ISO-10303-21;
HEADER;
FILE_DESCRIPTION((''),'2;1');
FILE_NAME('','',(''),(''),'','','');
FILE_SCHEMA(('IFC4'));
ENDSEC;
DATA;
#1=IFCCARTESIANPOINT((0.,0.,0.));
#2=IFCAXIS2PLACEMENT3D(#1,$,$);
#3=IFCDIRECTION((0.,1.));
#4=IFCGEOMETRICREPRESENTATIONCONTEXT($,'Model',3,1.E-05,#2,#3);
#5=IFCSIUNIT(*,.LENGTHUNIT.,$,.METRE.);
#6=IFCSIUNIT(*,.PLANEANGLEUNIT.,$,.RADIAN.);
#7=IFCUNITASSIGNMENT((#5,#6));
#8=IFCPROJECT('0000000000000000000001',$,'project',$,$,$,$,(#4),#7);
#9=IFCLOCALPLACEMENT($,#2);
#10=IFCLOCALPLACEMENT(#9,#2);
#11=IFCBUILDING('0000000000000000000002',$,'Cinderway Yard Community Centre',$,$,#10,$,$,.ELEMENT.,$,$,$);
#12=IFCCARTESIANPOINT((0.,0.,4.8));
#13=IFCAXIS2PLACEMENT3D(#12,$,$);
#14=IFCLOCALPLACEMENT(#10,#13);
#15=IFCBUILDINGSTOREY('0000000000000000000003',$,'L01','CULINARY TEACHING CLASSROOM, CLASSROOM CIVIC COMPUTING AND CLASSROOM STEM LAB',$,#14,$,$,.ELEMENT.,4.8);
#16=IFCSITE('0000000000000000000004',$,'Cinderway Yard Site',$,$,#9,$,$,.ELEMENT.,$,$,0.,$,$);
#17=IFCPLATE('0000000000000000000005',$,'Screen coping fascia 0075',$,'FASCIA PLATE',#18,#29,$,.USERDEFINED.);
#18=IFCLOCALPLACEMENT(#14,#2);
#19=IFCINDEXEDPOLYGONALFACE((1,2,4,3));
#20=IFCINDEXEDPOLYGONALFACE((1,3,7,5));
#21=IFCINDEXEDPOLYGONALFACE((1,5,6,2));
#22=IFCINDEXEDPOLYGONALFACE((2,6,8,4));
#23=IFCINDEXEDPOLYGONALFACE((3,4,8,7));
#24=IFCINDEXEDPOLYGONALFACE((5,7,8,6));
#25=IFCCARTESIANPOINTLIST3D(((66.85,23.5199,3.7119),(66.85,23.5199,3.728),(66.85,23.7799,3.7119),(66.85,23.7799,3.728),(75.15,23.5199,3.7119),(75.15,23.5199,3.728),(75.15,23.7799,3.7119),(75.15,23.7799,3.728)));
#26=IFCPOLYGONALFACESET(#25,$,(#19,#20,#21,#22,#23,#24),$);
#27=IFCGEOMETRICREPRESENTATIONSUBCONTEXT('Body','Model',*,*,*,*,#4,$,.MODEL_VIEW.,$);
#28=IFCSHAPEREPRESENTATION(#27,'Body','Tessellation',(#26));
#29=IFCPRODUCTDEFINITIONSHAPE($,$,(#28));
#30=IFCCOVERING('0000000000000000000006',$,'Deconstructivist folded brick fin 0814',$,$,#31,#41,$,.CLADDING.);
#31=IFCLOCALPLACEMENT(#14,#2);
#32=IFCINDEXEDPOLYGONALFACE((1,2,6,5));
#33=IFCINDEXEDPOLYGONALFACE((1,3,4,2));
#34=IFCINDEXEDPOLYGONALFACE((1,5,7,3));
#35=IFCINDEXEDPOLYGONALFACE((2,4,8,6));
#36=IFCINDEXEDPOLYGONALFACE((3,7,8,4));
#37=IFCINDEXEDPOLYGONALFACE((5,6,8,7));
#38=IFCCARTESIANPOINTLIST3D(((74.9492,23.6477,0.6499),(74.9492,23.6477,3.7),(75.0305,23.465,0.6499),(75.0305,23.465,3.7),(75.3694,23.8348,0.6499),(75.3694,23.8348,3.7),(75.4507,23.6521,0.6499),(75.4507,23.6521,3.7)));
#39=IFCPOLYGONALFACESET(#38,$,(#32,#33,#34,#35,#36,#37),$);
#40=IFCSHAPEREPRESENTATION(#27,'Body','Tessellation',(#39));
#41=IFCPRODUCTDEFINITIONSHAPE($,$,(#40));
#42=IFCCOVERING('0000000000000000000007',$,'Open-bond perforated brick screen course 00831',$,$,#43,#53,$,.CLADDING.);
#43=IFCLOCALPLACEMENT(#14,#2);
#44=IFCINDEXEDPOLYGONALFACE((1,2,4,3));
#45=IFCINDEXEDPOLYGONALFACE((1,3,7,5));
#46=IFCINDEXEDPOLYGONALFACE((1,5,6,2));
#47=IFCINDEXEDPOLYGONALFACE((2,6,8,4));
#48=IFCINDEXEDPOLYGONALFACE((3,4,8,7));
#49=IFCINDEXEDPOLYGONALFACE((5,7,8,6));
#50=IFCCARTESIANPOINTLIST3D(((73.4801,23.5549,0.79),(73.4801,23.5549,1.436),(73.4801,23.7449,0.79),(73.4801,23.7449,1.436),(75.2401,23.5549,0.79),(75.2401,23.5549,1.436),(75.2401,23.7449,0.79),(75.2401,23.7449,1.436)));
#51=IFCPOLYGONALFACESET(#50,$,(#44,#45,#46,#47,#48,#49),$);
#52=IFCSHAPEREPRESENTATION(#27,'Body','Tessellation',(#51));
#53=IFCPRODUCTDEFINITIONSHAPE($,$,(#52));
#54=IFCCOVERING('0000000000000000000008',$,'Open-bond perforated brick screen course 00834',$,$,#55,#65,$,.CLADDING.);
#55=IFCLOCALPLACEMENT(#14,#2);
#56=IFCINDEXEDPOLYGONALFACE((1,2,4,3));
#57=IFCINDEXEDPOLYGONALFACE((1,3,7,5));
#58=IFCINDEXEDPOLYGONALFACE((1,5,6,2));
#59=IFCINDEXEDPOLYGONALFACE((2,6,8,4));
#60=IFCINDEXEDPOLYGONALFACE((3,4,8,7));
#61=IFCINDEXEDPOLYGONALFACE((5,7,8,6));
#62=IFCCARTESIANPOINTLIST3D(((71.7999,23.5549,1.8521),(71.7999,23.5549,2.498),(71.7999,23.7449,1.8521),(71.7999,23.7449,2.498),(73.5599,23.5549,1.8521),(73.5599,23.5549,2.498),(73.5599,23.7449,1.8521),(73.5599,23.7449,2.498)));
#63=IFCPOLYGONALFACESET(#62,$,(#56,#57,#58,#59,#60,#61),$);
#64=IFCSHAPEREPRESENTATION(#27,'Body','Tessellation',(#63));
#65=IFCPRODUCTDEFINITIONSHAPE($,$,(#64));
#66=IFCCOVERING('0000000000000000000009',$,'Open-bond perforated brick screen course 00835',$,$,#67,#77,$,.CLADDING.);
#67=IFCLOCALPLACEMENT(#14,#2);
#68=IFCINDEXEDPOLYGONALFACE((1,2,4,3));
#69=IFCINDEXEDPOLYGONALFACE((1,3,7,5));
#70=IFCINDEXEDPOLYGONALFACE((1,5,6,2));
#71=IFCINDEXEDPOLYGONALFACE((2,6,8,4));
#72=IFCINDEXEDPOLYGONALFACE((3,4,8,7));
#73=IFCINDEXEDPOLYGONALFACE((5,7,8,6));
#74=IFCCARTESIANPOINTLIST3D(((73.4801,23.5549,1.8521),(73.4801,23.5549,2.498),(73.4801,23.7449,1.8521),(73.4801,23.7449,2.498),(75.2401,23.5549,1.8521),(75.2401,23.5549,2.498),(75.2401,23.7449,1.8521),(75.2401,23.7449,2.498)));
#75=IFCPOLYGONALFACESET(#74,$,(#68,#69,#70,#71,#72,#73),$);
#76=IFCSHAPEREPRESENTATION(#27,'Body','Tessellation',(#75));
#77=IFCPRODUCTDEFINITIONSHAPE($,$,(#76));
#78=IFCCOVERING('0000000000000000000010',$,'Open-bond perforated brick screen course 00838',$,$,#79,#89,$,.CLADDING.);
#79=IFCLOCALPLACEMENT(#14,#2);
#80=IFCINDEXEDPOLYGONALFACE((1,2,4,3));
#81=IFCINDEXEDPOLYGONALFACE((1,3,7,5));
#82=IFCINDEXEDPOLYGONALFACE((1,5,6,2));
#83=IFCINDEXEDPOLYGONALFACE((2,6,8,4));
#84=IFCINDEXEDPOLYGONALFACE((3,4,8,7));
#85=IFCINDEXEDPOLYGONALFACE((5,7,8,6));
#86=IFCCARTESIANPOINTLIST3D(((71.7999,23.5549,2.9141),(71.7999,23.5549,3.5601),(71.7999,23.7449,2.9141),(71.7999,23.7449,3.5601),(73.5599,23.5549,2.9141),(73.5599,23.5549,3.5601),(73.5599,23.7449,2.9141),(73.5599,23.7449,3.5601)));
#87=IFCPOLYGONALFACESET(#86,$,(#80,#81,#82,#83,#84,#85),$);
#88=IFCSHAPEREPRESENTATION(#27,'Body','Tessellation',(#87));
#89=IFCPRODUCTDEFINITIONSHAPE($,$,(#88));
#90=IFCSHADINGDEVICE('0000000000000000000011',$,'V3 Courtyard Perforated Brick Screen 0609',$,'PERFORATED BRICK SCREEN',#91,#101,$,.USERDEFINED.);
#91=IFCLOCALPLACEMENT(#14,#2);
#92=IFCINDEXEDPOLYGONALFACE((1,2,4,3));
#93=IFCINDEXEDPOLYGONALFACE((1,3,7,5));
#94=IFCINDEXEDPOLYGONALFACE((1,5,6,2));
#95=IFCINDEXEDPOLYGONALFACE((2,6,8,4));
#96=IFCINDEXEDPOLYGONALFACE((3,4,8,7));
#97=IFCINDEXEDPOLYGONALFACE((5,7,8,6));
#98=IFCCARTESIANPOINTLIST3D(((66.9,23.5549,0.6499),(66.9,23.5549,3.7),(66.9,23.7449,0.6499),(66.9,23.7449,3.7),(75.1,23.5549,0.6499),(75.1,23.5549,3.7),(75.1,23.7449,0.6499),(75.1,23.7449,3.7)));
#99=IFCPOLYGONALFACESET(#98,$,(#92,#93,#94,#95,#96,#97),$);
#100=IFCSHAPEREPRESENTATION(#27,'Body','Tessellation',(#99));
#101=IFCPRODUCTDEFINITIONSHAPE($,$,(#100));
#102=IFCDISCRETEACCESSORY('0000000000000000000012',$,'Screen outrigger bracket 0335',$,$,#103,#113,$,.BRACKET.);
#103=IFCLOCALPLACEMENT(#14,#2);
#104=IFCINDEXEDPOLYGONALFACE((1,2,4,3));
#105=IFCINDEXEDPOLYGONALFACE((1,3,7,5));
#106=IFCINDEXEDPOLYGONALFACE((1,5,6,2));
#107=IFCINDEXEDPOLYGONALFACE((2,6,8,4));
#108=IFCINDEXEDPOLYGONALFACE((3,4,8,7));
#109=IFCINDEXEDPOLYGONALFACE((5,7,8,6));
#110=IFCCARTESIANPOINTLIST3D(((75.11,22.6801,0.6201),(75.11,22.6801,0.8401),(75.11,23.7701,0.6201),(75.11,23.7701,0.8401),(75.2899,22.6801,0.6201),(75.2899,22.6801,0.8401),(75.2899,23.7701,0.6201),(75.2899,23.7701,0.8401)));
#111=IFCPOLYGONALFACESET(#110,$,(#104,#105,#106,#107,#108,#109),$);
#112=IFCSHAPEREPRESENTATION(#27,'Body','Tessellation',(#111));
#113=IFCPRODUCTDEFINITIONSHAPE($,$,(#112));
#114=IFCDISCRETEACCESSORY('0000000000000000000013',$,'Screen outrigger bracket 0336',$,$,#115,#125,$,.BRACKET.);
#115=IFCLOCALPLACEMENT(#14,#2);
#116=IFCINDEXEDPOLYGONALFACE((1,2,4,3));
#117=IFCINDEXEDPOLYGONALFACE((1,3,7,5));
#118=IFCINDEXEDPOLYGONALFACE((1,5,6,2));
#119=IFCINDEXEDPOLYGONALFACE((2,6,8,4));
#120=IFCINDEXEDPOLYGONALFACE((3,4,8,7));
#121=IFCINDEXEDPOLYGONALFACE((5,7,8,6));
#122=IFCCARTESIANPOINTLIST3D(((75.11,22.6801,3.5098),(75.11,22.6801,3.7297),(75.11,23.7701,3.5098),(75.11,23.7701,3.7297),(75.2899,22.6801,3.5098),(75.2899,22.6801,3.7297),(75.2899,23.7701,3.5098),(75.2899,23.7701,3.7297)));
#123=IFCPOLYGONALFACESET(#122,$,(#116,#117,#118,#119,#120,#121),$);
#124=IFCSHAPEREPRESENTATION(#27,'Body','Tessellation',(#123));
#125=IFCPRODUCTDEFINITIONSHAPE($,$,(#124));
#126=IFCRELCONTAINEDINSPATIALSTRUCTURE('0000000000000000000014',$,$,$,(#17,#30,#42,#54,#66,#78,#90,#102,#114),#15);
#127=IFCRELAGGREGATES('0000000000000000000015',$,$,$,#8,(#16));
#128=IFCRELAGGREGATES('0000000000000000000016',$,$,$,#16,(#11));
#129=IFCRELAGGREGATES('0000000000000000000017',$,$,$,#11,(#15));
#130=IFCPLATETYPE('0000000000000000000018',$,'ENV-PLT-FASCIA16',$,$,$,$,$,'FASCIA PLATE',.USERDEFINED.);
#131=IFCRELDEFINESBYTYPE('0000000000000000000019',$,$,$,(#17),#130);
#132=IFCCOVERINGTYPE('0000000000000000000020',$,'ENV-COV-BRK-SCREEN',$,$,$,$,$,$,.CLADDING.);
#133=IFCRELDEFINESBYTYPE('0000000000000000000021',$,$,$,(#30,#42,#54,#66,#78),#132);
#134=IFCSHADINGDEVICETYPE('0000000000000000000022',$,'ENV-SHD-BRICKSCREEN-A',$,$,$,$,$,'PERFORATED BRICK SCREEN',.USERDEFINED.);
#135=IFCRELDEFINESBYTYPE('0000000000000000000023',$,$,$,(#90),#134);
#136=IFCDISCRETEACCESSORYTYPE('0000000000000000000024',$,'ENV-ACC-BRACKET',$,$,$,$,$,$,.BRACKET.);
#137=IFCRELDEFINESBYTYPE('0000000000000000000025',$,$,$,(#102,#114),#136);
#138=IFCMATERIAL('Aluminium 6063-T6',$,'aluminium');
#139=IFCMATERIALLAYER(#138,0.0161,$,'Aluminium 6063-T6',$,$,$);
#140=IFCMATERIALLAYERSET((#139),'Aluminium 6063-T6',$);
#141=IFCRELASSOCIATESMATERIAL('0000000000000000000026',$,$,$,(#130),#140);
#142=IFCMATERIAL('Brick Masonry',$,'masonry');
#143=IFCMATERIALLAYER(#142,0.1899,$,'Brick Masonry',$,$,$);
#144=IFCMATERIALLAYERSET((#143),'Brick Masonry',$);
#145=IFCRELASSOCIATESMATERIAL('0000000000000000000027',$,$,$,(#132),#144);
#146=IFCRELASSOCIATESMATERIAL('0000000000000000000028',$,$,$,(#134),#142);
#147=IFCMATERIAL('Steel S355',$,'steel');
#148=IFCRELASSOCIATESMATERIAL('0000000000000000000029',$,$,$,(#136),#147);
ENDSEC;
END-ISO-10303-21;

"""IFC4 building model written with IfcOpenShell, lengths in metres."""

from ifc_helpers import new_model, si_unit, direction, frame, origin, origin_2d, place, context, subcontext, project, spatial, rectangle, extrude, material, layer, layer_set, type_object, element, save


model = new_model("IFC4")

# Units and contexts
model_context = context("Model", 3, precision=1e-05, world=origin(), true_north=direction((0.0, 1.0)))
body_context = subcontext(model_context, "Body", "Model", "MODEL_VIEW")
ifc_project = project(units=[si_unit("LENGTHUNIT", "METRE"), si_unit("PLANEANGLEUNIT", "RADIAN")], contexts=[model_context])

# Site, building, storey
site_placement = place(None, origin())
site = spatial("IfcSite", under=ifc_project, at=site_placement, Name="Cinderway Yard Site", CompositionType="ELEMENT", RefElevation=0.0)
building_placement = place(site_placement, origin())
building = spatial("IfcBuilding", under=site, at=building_placement, Name="Cinderway Yard Community Centre", CompositionType="ELEMENT")
storey_placement = place(building_placement, frame((0.0, 0.0, 4.8)))
storey = spatial("IfcBuildingStorey", under=building, at=storey_placement, Name="L01", Description="CULINARY TEACHING CLASSROOM, CLASSROOM CIVIC COMPUTING AND CLASSROOM STEM LAB", CompositionType="ELEMENT", Elevation=4.8)

# Shared definitions
ifc_material_1 = material(Name="Aluminium 6063-T6", Category="aluminium")

# Shared definitions
ifc_material_2 = material(Name="Steel S355", Category="steel")

# Plate
ifc_layer_1 = layer(ifc_material_1, 0.0161, Name="Aluminium 6063-T6")
ifc_layer_set_1 = layer_set([ifc_layer_1], Name="Aluminium 6063-T6")
plate_type_1 = type_object("IfcPlateType", Name="ENV-PLT-FASCIA16", ElementType="FASCIA PLATE", PredefinedType="USERDEFINED", material=ifc_layer_set_1)
plate_1_placement = place(storey_placement, frame((71.0, 23.6499, 3.7119), z_axis=(0.0, 0.0, 1.0), x_axis=(1.0, 0.0, 0.0)))
element("IfcPlate", 1, at=plate_1_placement, inside=storey, type_object=plate_type_1, Name="Screen coping fascia 0075", ObjectType="FASCIA PLATE", PredefinedType="USERDEFINED", context=body_context, shape_type="SweptSolid", body=[
    extrude(rectangle(XDim=8.3, YDim=0.26, at=origin_2d()), origin(), (0.0, 0.0, 1.0), 0.0161),
])

# Coverings
ifc_material_3 = material(Name="Brick Masonry", Category="masonry")
ifc_layer_2 = layer(ifc_material_3, 0.1899, Name="Brick Masonry")
ifc_layer_set_2 = layer_set([ifc_layer_2], Name="Brick Masonry")
covering_type = type_object("IfcCoveringType", Name="ENV-COV-BRK-SCREEN", PredefinedType="CLADDING", material=ifc_layer_set_2)
covering_placement = place(storey_placement, frame((75.2, 23.6499, 0.6499), z_axis=(0.0, 0.0, 1.0), x_axis=(0.913545, 0.406737, 0.0)))
element("IfcCovering", 2, at=covering_placement, inside=storey, type_object=covering_type, Name="Deconstructivist folded brick fin 0814", PredefinedType="CLADDING", context=body_context, shape_type="SweptSolid", body=[
    extrude(rectangle(XDim=0.46, YDim=0.2, at=origin_2d()), origin(), (0.0, 0.0, 1.0), 3.05),
])
for number, where, z_axis, x_axis, name in (
    (3, (74.3601, 23.6499, 0.79), (0.0, 0.0, 1.0), (1.0, 0.0, 0.0), "Open-bond perforated brick screen course 00831"),
    (4, (72.6799, 23.6499, 1.8521), (0.0, 0.0, 1.0), (1.0, 0.0, 0.0), "Open-bond perforated brick screen course 00834"),
    (5, (74.3601, 23.6499, 1.8521), (0.0, 0.0, 1.0), (1.0, 0.0, 0.0), "Open-bond perforated brick screen course 00835"),
    (6, (72.6799, 23.6499, 2.9141), (0.0, 0.0, 1.0), (1.0, 0.0, 0.0), "Open-bond perforated brick screen course 00838"),
):
    element("IfcCovering", number, at=place(storey_placement, frame(where, z_axis=z_axis, x_axis=x_axis)), inside=storey, type_object=covering_type, Name=name, PredefinedType="CLADDING", context=body_context, shape_type="SweptSolid", body=[
        extrude(rectangle(XDim=1.76, YDim=0.1899, at=origin_2d()), origin(), (0.0, 0.0, 1.0), 0.646),
    ])

# Shading device
shading_device_type = type_object("IfcShadingDeviceType", Name="ENV-SHD-BRICKSCREEN-A", ElementType="PERFORATED BRICK SCREEN", PredefinedType="USERDEFINED", material=ifc_material_3)
shading_device_placement = place(storey_placement, frame((71.0, 23.6499, 0.6499), z_axis=(0.0, 0.0, 1.0), x_axis=(1.0, 0.0, 0.0)))
element("IfcShadingDevice", 7, at=shading_device_placement, inside=storey, type_object=shading_device_type, Name="V3 Courtyard Perforated Brick Screen 0609", ObjectType="PERFORATED BRICK SCREEN", PredefinedType="USERDEFINED", context=body_context, shape_type="SweptSolid", body=[
    extrude(rectangle(XDim=8.2, YDim=0.1899, at=origin_2d()), origin(), (0.0, 0.0, 1.0), 3.05),
])

# Discrete accessories
discrete_accessory_type = type_object("IfcDiscreteAccessoryType", Name="ENV-ACC-BRACKET", PredefinedType="BRACKET", material=ifc_material_2)
for number, where, z_axis, x_axis, name in (
    (8, (75.2, 23.2251, 0.6201), (0.0, 0.0, 1.0), (0.0, 1.0, 0.0), "Screen outrigger bracket 0335"),
    (9, (75.2, 23.2251, 3.5098), (0.0, 0.0, 1.0), (0.0, 1.0, 0.0), "Screen outrigger bracket 0336"),
):
    element("IfcDiscreteAccessory", number, at=place(storey_placement, frame(where, z_axis=z_axis, x_axis=x_axis)), inside=storey, type_object=discrete_accessory_type, Name=name, PredefinedType="BRACKET", context=body_context, shape_type="SweptSolid", body=[
        extrude(rectangle(XDim=1.0901, YDim=0.1799, at=origin_2d()), origin(), (0.0, 0.0, 1.0), 0.22),
    ])

save(model, "model.ifc")
